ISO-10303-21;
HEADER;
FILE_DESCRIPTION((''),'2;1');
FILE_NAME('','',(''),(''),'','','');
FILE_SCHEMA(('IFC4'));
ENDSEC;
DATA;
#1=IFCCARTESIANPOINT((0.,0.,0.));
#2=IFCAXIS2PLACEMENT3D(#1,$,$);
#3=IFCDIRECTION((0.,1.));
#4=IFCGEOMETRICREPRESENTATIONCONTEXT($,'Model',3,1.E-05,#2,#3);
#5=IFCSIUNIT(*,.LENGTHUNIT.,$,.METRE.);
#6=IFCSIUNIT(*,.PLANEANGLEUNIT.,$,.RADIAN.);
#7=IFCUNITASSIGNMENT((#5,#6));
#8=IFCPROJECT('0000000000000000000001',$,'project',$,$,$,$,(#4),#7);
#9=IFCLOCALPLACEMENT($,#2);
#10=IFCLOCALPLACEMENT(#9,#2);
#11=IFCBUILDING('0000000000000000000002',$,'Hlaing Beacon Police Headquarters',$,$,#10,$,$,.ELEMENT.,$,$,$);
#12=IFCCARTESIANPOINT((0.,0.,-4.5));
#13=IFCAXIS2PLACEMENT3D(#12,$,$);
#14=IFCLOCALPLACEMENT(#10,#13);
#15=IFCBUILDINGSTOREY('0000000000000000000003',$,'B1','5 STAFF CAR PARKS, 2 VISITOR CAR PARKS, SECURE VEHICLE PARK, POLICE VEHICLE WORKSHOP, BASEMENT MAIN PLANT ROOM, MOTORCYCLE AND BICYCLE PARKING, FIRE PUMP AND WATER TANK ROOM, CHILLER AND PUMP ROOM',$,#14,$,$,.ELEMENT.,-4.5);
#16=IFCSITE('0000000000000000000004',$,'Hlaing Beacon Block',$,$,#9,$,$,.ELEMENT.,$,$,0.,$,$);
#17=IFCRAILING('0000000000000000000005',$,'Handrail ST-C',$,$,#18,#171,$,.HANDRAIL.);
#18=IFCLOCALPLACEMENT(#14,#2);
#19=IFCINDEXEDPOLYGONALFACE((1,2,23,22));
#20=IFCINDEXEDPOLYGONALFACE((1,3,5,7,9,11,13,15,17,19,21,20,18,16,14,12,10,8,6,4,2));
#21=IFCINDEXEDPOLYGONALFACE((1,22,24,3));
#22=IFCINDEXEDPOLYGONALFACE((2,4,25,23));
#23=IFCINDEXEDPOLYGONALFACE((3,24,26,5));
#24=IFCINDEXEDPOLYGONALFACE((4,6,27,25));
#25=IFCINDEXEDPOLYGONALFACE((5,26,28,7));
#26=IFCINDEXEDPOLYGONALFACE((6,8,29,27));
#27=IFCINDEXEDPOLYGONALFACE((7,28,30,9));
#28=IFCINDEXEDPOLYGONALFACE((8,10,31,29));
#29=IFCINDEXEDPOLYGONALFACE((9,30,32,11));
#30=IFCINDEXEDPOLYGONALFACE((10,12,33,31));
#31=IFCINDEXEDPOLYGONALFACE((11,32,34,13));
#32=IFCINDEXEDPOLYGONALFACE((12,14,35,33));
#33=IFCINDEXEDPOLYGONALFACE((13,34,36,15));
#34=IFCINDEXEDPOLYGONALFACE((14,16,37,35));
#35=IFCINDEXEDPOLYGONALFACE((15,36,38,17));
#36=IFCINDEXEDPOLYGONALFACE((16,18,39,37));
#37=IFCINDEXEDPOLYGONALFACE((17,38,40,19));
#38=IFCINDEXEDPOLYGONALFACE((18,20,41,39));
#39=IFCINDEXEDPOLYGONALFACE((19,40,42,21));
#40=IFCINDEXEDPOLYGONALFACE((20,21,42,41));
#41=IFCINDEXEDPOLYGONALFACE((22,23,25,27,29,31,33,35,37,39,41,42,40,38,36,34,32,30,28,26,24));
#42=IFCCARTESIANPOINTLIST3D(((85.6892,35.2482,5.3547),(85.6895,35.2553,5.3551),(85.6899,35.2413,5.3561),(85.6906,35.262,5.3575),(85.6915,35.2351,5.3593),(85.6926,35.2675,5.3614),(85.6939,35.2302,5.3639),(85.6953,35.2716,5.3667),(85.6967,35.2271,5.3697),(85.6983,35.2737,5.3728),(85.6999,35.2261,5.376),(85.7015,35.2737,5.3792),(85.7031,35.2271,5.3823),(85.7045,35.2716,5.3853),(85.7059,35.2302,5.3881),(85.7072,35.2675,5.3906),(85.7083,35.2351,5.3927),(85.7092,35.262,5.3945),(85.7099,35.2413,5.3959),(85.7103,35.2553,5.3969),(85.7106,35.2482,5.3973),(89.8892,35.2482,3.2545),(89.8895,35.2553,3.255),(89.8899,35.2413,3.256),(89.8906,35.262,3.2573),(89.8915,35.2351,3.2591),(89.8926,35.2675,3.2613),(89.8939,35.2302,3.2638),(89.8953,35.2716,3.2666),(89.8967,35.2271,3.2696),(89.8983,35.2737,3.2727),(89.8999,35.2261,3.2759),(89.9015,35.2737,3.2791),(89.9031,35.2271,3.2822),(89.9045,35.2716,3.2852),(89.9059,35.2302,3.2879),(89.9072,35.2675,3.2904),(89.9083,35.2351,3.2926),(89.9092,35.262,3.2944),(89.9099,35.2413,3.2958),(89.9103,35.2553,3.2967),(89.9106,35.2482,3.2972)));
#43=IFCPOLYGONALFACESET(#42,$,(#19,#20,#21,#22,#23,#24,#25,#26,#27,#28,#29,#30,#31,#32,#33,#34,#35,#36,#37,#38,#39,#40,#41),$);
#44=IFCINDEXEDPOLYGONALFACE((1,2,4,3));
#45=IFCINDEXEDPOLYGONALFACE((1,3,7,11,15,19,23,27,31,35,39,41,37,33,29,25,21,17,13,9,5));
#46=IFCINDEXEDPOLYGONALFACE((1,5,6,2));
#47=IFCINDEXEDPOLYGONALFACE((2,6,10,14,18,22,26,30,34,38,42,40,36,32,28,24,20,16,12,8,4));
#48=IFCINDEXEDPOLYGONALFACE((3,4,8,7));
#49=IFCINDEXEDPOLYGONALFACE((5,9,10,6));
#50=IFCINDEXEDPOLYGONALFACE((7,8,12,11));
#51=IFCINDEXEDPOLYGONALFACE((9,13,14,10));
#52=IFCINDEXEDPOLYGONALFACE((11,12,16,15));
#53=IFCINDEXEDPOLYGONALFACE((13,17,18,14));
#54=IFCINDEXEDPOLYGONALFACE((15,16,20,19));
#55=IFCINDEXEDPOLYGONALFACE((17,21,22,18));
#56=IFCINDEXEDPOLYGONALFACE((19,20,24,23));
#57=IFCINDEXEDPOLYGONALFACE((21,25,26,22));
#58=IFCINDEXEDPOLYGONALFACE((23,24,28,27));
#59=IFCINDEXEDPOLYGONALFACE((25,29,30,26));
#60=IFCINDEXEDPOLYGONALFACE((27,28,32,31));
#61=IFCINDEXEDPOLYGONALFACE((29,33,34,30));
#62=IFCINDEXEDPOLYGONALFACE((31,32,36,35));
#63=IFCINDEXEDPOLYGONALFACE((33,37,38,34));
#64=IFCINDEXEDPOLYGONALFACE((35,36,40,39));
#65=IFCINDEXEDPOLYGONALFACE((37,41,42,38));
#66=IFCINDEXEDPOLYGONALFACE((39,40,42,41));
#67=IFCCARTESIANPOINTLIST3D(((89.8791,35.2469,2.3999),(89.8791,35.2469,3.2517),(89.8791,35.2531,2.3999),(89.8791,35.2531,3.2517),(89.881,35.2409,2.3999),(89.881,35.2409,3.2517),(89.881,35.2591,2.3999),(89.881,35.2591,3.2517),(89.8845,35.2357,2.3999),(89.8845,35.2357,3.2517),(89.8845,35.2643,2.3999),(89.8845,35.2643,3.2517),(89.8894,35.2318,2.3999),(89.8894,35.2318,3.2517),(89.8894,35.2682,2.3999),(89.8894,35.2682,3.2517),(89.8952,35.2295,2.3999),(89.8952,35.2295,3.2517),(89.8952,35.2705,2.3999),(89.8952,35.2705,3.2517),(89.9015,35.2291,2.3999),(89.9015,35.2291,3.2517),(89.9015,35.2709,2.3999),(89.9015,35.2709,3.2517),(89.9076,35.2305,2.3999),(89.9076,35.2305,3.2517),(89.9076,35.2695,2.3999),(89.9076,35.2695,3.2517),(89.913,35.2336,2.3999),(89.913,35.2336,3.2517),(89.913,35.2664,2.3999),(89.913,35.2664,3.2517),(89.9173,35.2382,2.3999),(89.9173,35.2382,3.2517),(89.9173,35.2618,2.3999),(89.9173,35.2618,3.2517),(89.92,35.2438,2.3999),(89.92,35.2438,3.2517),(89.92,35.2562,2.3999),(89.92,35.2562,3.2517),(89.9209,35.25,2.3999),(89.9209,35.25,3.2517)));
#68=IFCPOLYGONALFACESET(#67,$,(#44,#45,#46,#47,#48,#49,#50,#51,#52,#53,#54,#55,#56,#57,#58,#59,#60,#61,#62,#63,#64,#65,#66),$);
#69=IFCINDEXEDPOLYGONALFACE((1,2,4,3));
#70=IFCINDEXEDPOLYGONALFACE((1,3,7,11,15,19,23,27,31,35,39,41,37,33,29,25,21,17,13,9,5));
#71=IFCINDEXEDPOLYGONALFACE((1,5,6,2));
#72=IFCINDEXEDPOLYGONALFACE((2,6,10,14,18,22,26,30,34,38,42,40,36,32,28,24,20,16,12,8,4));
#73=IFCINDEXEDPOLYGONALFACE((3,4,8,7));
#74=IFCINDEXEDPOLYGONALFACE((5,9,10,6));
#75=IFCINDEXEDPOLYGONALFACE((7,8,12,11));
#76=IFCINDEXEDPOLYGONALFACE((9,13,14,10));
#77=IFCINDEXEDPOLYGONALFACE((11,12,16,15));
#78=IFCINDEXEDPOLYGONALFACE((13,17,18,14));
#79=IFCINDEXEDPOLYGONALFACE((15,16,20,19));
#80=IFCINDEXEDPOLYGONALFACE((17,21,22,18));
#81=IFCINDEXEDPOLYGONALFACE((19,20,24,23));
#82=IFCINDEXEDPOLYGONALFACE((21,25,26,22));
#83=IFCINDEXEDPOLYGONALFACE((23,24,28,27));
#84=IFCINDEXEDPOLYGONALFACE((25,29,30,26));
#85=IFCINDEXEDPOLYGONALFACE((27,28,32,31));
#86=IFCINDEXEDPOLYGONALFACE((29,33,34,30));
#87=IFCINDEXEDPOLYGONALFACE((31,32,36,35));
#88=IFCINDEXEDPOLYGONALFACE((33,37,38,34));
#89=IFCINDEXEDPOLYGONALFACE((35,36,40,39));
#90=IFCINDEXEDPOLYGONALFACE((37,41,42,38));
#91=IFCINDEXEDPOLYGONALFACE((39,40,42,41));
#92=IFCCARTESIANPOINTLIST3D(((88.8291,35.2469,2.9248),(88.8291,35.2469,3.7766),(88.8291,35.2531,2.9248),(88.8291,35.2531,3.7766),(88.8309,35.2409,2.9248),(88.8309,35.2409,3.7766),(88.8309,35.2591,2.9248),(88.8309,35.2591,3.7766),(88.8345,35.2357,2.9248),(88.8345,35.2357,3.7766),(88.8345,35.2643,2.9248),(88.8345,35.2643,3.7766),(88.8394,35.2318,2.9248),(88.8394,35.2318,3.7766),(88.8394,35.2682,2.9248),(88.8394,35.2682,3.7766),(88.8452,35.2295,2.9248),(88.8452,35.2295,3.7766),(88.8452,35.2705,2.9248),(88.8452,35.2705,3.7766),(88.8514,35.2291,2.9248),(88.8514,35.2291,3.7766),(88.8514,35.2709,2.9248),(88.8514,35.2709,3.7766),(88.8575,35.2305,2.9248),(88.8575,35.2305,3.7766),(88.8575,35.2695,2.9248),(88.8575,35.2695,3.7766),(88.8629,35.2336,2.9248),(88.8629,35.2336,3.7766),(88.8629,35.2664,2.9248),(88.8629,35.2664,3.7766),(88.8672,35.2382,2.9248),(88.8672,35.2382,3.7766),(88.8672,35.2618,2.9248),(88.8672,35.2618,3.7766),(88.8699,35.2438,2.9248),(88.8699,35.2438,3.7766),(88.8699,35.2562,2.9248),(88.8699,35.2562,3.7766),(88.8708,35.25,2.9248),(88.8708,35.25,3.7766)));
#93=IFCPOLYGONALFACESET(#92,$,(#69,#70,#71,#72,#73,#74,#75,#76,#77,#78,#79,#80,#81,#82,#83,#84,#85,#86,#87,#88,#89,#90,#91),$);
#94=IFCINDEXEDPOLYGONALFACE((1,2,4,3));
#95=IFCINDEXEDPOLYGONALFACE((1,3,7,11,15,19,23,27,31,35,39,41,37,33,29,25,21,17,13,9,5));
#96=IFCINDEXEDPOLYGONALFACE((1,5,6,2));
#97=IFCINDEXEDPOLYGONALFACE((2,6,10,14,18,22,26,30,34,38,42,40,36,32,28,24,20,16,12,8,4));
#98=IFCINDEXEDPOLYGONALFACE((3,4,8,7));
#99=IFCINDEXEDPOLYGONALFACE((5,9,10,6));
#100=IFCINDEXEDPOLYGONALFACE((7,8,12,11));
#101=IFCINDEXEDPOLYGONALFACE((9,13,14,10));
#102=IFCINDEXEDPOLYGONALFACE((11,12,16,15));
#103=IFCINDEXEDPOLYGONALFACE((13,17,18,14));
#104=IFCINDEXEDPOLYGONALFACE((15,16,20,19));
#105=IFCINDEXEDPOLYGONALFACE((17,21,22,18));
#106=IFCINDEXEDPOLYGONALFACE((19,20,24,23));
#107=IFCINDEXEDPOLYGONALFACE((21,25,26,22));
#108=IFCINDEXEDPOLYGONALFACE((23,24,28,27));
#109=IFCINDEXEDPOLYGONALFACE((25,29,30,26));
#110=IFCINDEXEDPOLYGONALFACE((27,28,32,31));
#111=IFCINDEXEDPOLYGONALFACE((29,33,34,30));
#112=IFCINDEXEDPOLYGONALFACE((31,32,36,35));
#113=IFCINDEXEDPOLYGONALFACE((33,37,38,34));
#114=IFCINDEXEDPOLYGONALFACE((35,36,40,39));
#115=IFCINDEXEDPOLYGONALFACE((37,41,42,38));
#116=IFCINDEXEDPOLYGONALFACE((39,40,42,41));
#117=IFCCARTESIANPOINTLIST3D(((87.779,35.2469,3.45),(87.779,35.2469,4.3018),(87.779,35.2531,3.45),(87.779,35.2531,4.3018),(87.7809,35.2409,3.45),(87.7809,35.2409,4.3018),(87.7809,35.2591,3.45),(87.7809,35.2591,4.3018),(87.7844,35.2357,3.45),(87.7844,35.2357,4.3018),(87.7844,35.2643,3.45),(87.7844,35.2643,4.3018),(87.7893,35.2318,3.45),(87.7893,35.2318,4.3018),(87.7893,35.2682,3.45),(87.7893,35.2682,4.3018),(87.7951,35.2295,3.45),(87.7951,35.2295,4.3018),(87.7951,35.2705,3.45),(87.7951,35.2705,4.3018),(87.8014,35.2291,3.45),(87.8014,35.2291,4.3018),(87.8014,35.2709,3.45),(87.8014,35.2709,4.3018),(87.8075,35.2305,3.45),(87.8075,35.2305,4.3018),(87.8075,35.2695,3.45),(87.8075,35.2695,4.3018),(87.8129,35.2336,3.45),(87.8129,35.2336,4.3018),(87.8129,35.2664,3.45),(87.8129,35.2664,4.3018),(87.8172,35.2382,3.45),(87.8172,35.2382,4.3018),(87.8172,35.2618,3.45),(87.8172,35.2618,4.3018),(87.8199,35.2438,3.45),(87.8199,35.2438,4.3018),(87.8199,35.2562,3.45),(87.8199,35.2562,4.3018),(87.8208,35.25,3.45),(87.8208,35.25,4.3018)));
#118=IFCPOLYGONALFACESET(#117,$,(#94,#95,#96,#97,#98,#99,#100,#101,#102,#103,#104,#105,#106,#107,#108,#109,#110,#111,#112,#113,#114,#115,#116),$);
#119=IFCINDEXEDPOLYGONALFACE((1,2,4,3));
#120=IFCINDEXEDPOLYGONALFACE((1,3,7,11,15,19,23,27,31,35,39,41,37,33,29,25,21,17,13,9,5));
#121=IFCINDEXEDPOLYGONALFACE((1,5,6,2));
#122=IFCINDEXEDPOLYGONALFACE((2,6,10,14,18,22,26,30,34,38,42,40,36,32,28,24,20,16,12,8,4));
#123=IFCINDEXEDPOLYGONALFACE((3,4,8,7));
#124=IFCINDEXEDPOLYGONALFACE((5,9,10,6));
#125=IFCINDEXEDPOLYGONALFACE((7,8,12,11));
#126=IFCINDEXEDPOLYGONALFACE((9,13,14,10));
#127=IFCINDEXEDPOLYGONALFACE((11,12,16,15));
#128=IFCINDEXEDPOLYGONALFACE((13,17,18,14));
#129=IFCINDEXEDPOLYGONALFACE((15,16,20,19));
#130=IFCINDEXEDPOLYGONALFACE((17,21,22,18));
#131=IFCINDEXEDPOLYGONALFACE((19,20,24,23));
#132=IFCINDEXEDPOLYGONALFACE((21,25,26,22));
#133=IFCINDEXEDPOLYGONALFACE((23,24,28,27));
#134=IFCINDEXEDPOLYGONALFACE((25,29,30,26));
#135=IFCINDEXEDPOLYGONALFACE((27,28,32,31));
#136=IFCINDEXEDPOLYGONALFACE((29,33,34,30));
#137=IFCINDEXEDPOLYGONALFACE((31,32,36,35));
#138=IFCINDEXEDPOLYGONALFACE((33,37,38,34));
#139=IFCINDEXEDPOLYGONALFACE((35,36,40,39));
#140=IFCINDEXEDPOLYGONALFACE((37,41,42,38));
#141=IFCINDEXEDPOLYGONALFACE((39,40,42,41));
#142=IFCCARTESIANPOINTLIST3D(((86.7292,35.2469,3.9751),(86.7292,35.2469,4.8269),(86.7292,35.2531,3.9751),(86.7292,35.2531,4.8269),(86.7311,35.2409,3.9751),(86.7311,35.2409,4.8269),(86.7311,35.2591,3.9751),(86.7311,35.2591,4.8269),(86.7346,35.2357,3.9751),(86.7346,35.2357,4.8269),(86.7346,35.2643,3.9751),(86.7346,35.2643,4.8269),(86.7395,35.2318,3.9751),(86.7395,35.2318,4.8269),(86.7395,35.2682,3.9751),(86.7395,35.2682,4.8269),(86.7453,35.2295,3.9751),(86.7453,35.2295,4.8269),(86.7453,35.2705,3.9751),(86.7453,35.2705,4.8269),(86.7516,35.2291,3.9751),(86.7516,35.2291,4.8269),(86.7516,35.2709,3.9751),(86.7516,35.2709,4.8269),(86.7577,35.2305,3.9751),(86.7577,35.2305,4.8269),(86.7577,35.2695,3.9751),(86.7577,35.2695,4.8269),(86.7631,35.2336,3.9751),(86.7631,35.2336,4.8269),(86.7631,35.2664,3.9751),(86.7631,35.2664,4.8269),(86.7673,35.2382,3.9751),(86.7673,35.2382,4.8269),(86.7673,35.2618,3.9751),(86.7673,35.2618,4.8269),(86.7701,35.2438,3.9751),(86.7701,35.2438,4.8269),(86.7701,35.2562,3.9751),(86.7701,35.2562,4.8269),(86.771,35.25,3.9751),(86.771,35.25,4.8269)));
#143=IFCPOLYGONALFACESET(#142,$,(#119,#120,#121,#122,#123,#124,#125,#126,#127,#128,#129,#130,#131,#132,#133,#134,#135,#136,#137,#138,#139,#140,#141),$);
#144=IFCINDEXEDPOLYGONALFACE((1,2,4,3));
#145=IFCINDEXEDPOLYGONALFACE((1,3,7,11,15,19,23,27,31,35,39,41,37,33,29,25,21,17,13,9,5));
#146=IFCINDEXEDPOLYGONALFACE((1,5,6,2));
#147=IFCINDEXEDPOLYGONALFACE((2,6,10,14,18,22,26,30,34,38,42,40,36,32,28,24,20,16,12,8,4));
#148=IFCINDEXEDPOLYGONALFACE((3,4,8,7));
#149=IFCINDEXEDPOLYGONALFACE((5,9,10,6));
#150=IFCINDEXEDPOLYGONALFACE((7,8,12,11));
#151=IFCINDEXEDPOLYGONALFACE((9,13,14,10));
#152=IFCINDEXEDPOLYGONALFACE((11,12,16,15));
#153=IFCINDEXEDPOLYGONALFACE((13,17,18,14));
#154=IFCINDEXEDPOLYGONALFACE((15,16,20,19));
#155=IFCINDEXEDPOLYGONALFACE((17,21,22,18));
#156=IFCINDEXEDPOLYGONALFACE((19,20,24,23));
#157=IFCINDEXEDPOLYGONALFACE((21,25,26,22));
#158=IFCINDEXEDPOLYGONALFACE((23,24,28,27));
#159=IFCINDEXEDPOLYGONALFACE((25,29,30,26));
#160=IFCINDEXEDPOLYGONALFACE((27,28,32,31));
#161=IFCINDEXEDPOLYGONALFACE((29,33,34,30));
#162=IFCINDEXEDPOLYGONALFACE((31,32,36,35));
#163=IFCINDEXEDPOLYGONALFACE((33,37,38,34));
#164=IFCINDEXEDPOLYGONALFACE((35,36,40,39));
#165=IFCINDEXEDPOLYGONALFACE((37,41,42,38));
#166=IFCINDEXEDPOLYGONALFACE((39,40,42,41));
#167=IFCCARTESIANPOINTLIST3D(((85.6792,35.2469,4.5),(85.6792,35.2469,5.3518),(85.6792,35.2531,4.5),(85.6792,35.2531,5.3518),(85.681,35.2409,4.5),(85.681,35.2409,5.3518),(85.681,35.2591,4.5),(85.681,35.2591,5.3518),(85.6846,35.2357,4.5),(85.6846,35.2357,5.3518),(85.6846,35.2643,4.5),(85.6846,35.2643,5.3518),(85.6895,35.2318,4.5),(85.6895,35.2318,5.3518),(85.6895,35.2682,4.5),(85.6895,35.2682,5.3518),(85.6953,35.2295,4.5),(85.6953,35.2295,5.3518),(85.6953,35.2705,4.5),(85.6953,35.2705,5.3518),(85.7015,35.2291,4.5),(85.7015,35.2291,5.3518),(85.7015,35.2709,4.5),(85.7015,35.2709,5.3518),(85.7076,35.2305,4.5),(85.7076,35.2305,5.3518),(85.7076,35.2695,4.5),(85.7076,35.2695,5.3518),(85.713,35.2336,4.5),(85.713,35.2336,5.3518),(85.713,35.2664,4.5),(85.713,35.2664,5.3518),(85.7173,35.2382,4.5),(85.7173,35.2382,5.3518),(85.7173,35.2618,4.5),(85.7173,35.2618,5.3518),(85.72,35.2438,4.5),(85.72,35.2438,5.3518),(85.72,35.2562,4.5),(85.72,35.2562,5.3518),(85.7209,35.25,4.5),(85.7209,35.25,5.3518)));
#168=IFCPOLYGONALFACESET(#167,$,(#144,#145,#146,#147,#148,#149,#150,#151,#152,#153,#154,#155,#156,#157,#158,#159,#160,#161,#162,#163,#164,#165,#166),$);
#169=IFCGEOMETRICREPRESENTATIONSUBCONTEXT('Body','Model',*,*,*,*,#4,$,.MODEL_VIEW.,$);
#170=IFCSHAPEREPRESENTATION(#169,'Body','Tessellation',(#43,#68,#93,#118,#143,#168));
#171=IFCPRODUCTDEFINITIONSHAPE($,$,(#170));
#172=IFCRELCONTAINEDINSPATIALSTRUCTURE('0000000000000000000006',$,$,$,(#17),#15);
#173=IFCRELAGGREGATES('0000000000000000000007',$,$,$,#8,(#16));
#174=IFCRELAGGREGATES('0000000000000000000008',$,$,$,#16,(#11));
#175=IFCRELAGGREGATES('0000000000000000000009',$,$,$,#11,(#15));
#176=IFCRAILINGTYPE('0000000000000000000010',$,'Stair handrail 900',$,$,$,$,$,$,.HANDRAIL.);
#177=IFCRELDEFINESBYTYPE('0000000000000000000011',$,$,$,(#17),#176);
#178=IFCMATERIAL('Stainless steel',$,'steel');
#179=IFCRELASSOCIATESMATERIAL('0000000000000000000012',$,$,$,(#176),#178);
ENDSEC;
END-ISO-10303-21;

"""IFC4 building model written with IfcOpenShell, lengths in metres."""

from ifc_helpers import new_model, si_unit, direction, frame, origin, origin_2d, place, context, subcontext, project, spatial, circle, extrude, material, type_object, element, save


model = new_model("IFC4")

# Units and contexts
model_context = context("Model", 3, precision=1e-05, world=origin(), true_north=direction((0.0, 1.0)))
body_context = subcontext(model_context, "Body", "Model", "MODEL_VIEW")
ifc_project = project(units=[si_unit("LENGTHUNIT", "METRE"), si_unit("PLANEANGLEUNIT", "RADIAN")], contexts=[model_context])

# Site, building, storey
site_placement = place(None, origin())
site = spatial("IfcSite", under=ifc_project, at=site_placement, Name="Hlaing Beacon Block", CompositionType="ELEMENT", RefElevation=0.0)
building_placement = place(site_placement, origin())
building = spatial("IfcBuilding", under=site, at=building_placement, Name="Hlaing Beacon Police Headquarters", CompositionType="ELEMENT")
storey_placement = place(building_placement, frame((0.0, 0.0, -4.5)))
storey = spatial("IfcBuildingStorey", under=building, at=storey_placement, Name="B1", Description="5 STAFF CAR PARKS, 2 VISITOR CAR PARKS, SECURE VEHICLE PARK, POLICE VEHICLE WORKSHOP, BASEMENT MAIN PLANT ROOM, MOTORCYCLE AND BICYCLE PARKING, FIRE PUMP AND WATER TANK ROOM, CHILLER AND PUMP ROOM", CompositionType="ELEMENT", Elevation=-4.5)

# Railing
ifc_material_1 = material(Name="Stainless steel", Category="steel")
railing_type = type_object("IfcRailingType", Name="Stair handrail 900", PredefinedType="HANDRAIL", material=ifc_material_1)
railing_placement = place(storey_placement, frame((89.8999, 35.25, 2.3999)))
element("IfcRailing", 1, at=railing_placement, inside=storey, type_object=railing_type, Name="Handrail ST-C", PredefinedType="HANDRAIL", context=body_context, shape_type="SweptSolid", body=[
    extrude(circle(Radius=0.0239, at=origin_2d()), frame((0.0, 0.0, 0.876), z_axis=(-0.894417, 0.0, 0.447234), x_axis=(0.0, -1.0, 0.0)), (0.0, 0.0, 1.0), 4.6958),
    extrude(circle(Radius=0.021, at=origin_2d()), origin(), (0.0, 0.0, 1.0), 0.8518),
    extrude(circle(Radius=0.021, at=origin_2d()), frame((-1.05, 0.0, 0.5249)), (0.0, 0.0, 1.0), 0.8518),
    extrude(circle(Radius=0.021, at=origin_2d()), frame((-2.1001, 0.0, 1.05)), (0.0, 0.0, 1.0), 0.8518),
    extrude(circle(Radius=0.021, at=origin_2d()), frame((-3.1499, 0.0, 1.5752)), (0.0, 0.0, 1.0), 0.8518),
    extrude(circle(Radius=0.021, at=origin_2d()), frame((-4.2, 0.0, 2.1001)), (0.0, 0.0, 1.0), 0.8518),
])

save(model, "model.ifc")
